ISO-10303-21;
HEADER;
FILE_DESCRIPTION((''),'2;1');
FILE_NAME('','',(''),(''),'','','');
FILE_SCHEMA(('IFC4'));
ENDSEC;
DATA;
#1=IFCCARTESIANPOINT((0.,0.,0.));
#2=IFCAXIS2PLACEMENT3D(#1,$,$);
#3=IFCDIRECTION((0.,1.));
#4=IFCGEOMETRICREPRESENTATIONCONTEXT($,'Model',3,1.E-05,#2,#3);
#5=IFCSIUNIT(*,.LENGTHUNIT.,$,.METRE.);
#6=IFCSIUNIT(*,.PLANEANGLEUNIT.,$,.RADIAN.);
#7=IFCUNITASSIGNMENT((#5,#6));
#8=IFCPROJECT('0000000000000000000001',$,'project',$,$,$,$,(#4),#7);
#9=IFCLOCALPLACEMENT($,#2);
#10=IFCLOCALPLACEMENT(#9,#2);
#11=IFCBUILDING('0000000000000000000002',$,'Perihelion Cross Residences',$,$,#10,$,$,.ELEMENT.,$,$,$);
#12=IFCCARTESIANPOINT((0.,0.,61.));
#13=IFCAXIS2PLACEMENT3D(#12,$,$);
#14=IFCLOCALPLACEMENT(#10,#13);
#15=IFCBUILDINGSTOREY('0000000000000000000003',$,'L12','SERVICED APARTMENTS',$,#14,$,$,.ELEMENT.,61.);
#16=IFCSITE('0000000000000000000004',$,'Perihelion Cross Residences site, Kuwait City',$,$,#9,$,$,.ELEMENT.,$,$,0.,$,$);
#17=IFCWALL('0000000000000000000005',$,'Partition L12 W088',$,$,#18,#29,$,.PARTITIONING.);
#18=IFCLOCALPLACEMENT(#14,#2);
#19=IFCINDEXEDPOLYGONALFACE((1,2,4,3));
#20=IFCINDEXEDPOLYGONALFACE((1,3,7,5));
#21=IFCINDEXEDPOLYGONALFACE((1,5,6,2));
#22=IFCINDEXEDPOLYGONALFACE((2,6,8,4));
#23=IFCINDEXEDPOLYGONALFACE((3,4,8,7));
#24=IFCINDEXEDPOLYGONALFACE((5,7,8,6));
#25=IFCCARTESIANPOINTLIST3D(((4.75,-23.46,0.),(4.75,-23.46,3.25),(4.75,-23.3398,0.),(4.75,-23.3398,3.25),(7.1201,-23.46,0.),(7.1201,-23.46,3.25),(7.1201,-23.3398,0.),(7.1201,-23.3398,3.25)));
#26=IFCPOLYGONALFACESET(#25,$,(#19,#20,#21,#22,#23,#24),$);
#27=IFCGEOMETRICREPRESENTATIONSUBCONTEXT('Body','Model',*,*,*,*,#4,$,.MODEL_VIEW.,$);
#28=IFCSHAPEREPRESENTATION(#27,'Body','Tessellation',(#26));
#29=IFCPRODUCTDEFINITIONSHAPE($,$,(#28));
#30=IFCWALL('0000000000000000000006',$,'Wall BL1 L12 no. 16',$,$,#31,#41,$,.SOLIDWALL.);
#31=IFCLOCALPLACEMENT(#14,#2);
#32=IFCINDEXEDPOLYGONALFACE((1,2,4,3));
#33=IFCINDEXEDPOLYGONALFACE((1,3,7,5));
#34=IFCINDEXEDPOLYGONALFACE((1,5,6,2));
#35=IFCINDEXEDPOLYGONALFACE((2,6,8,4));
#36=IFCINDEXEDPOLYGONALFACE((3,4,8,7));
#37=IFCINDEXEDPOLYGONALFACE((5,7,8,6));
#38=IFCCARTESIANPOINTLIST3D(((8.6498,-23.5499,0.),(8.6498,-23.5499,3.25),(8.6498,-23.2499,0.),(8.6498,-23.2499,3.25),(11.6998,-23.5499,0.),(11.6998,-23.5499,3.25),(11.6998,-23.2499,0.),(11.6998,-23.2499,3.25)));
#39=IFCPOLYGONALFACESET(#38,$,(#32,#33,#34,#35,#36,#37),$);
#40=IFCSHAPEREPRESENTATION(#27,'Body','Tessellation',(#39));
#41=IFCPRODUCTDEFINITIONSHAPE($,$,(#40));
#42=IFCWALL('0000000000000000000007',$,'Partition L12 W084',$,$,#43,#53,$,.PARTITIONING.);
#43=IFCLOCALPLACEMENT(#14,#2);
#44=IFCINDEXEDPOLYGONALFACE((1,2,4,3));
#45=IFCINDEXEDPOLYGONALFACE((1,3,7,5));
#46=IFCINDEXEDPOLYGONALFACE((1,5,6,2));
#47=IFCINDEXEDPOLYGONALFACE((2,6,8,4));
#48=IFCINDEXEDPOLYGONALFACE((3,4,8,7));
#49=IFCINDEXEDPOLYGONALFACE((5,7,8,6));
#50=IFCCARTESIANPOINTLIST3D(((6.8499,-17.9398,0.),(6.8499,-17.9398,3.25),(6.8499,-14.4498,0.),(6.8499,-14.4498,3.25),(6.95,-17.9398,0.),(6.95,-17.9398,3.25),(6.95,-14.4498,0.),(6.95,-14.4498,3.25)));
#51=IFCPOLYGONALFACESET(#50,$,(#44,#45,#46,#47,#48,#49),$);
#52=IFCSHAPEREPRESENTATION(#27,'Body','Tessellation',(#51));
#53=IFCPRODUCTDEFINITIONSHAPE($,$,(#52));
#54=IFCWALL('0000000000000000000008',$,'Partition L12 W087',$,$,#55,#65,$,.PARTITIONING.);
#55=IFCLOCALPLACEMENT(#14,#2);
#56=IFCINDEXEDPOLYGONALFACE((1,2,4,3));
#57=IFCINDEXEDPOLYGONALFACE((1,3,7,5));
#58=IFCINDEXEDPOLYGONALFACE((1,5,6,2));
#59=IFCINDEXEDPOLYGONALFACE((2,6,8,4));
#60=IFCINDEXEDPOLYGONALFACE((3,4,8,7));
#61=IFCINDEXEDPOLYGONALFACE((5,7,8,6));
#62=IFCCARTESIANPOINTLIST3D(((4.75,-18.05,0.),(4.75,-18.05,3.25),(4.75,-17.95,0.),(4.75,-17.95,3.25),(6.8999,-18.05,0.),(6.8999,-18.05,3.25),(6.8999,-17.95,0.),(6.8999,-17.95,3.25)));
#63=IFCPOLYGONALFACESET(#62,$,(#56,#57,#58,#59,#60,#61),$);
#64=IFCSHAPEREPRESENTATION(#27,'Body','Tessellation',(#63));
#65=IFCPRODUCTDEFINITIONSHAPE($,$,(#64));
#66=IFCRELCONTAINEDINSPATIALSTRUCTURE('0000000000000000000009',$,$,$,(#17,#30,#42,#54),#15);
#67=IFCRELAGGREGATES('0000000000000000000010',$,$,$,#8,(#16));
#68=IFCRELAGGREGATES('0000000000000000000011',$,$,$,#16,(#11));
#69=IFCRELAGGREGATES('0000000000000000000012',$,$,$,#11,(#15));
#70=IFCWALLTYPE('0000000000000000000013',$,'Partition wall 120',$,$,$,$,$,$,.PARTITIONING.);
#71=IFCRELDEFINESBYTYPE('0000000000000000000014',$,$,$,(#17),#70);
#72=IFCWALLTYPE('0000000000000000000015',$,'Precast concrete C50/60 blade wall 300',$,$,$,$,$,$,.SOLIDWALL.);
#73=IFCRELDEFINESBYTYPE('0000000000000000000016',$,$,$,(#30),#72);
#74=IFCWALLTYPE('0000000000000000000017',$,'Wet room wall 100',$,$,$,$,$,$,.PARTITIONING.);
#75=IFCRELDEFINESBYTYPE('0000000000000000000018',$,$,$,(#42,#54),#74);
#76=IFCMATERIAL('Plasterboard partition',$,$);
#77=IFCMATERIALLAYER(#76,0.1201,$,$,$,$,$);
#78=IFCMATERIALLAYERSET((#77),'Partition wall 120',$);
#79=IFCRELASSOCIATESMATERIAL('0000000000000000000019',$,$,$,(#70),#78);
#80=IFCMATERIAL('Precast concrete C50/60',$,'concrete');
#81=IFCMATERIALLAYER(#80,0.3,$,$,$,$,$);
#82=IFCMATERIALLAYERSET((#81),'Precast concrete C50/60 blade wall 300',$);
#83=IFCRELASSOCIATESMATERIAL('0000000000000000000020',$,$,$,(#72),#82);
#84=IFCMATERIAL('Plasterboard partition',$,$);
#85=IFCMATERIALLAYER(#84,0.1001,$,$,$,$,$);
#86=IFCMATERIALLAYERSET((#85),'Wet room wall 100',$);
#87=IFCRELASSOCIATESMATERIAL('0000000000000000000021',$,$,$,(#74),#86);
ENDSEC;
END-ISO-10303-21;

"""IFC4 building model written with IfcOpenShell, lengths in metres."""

from ifc_helpers import new_model, si_unit, direction, frame, frame_2d, origin, place, context, subcontext, project, spatial, rectangle, extrude, material, layer, layer_set, type_object, element, save


model = new_model("IFC4")

# Units and contexts
model_context = context("Model", 3, precision=1e-05, world=origin(), true_north=direction((0.0, 1.0)))
body_context = subcontext(model_context, "Body", "Model", "MODEL_VIEW")
ifc_project = project(units=[si_unit("LENGTHUNIT", "METRE"), si_unit("PLANEANGLEUNIT", "RADIAN")], contexts=[model_context])

# Site, building, storey
site_placement = place(None, origin())
site = spatial("IfcSite", under=ifc_project, at=site_placement, Name="Perihelion Cross Residences site, Kuwait City", CompositionType="ELEMENT", RefElevation=0.0)
building_placement = place(site_placement, origin())
building = spatial("IfcBuilding", under=site, at=building_placement, Name="Perihelion Cross Residences", CompositionType="ELEMENT")
storey_placement = place(building_placement, frame((0.0, 0.0, 61.0)))
storey = spatial("IfcBuildingStorey", under=building, at=storey_placement, Name="L12", Description="SERVICED APARTMENTS", CompositionType="ELEMENT", Elevation=61.0)

# Shared definitions
ifc_material_1 = material(Name="Plasterboard partition")
ifc_layer_1 = layer(ifc_material_1, 0.1201)
ifc_layer_set_1 = layer_set([ifc_layer_1], Name="Partition wall 120")
wall_type_1 = type_object("IfcWallType", Name="Partition wall 120", PredefinedType="PARTITIONING", material=ifc_layer_set_1)

# Walls
wall_1_placement = place(storey_placement, frame((7.1201, -23.3999, 0.0), z_axis=(0.0, 0.0, 1.0), x_axis=(-1.0, 0.0, 0.0)))
element("IfcWall", 1, at=wall_1_placement, inside=storey, type_object=wall_type_1, Name="Partition L12 W088", PredefinedType="PARTITIONING", context=body_context, shape_type="SweptSolid", body=[
    extrude(rectangle(XDim=2.3701, YDim=0.1201, at=frame_2d((1.1851, 0.0))), origin(), (0.0, 0.0, 1.0), 3.25),
])
ifc_material_2 = material(Name="Precast concrete C50/60", Category="concrete")
ifc_layer_2 = layer(ifc_material_2, 0.3)
ifc_layer_set_2 = layer_set([ifc_layer_2], Name="Precast concrete C50/60 blade wall 300")
wall_type_2 = type_object("IfcWallType", Name="Precast concrete C50/60 blade wall 300", PredefinedType="SOLIDWALL", material=ifc_layer_set_2)
wall_2_placement = place(storey_placement, frame((8.6499, -23.3999, 0.0), z_axis=(0.0, 0.0, 1.0), x_axis=(1.0, 0.0, 0.0)))
element("IfcWall", 2, at=wall_2_placement, inside=storey, type_object=wall_type_2, Name="Wall BL1 L12 no. 16", PredefinedType="SOLIDWALL", context=body_context, shape_type="SweptSolid", body=[
    extrude(rectangle(XDim=3.05, YDim=0.3, at=frame_2d((1.5249, 0.0))), origin(), (0.0, 0.0, 1.0), 3.25),
])
ifc_material_3 = material(Name="Plasterboard partition")
ifc_layer_3 = layer(ifc_material_3, 0.1001)
ifc_layer_set_3 = layer_set([ifc_layer_3], Name="Wet room wall 100")
wall_type_3 = type_object("IfcWallType", Name="Wet room wall 100", PredefinedType="PARTITIONING", material=ifc_layer_set_3)
wall_3_placement = place(storey_placement, frame((6.8999, -17.9399, 0.0), z_axis=(0.0, 0.0, 1.0), x_axis=(0.0, 1.0, 0.0)))
element("IfcWall", 3, at=wall_3_placement, inside=storey, type_object=wall_type_3, Name="Partition L12 W084", PredefinedType="PARTITIONING", context=body_context, shape_type="SweptSolid", body=[
    extrude(rectangle(XDim=3.49, YDim=0.1001, at=frame_2d((1.7451, 0.0))), origin(), (0.0, 0.0, 1.0), 3.25),
])
wall_4_placement = place(storey_placement, frame((6.8999, -18.0, 0.0), z_axis=(0.0, 0.0, 1.0), x_axis=(-1.0, 0.0, 0.0)))
element("IfcWall", 4, at=wall_4_placement, inside=storey, type_object=wall_type_3, Name="Partition L12 W087", PredefinedType="PARTITIONING", context=body_context, shape_type="SweptSolid", body=[
    extrude(rectangle(XDim=2.1499, YDim=0.1001, at=frame_2d((1.075, 0.0))), origin(), (0.0, 0.0, 1.0), 3.25),
])

save(model, "model.ifc")
